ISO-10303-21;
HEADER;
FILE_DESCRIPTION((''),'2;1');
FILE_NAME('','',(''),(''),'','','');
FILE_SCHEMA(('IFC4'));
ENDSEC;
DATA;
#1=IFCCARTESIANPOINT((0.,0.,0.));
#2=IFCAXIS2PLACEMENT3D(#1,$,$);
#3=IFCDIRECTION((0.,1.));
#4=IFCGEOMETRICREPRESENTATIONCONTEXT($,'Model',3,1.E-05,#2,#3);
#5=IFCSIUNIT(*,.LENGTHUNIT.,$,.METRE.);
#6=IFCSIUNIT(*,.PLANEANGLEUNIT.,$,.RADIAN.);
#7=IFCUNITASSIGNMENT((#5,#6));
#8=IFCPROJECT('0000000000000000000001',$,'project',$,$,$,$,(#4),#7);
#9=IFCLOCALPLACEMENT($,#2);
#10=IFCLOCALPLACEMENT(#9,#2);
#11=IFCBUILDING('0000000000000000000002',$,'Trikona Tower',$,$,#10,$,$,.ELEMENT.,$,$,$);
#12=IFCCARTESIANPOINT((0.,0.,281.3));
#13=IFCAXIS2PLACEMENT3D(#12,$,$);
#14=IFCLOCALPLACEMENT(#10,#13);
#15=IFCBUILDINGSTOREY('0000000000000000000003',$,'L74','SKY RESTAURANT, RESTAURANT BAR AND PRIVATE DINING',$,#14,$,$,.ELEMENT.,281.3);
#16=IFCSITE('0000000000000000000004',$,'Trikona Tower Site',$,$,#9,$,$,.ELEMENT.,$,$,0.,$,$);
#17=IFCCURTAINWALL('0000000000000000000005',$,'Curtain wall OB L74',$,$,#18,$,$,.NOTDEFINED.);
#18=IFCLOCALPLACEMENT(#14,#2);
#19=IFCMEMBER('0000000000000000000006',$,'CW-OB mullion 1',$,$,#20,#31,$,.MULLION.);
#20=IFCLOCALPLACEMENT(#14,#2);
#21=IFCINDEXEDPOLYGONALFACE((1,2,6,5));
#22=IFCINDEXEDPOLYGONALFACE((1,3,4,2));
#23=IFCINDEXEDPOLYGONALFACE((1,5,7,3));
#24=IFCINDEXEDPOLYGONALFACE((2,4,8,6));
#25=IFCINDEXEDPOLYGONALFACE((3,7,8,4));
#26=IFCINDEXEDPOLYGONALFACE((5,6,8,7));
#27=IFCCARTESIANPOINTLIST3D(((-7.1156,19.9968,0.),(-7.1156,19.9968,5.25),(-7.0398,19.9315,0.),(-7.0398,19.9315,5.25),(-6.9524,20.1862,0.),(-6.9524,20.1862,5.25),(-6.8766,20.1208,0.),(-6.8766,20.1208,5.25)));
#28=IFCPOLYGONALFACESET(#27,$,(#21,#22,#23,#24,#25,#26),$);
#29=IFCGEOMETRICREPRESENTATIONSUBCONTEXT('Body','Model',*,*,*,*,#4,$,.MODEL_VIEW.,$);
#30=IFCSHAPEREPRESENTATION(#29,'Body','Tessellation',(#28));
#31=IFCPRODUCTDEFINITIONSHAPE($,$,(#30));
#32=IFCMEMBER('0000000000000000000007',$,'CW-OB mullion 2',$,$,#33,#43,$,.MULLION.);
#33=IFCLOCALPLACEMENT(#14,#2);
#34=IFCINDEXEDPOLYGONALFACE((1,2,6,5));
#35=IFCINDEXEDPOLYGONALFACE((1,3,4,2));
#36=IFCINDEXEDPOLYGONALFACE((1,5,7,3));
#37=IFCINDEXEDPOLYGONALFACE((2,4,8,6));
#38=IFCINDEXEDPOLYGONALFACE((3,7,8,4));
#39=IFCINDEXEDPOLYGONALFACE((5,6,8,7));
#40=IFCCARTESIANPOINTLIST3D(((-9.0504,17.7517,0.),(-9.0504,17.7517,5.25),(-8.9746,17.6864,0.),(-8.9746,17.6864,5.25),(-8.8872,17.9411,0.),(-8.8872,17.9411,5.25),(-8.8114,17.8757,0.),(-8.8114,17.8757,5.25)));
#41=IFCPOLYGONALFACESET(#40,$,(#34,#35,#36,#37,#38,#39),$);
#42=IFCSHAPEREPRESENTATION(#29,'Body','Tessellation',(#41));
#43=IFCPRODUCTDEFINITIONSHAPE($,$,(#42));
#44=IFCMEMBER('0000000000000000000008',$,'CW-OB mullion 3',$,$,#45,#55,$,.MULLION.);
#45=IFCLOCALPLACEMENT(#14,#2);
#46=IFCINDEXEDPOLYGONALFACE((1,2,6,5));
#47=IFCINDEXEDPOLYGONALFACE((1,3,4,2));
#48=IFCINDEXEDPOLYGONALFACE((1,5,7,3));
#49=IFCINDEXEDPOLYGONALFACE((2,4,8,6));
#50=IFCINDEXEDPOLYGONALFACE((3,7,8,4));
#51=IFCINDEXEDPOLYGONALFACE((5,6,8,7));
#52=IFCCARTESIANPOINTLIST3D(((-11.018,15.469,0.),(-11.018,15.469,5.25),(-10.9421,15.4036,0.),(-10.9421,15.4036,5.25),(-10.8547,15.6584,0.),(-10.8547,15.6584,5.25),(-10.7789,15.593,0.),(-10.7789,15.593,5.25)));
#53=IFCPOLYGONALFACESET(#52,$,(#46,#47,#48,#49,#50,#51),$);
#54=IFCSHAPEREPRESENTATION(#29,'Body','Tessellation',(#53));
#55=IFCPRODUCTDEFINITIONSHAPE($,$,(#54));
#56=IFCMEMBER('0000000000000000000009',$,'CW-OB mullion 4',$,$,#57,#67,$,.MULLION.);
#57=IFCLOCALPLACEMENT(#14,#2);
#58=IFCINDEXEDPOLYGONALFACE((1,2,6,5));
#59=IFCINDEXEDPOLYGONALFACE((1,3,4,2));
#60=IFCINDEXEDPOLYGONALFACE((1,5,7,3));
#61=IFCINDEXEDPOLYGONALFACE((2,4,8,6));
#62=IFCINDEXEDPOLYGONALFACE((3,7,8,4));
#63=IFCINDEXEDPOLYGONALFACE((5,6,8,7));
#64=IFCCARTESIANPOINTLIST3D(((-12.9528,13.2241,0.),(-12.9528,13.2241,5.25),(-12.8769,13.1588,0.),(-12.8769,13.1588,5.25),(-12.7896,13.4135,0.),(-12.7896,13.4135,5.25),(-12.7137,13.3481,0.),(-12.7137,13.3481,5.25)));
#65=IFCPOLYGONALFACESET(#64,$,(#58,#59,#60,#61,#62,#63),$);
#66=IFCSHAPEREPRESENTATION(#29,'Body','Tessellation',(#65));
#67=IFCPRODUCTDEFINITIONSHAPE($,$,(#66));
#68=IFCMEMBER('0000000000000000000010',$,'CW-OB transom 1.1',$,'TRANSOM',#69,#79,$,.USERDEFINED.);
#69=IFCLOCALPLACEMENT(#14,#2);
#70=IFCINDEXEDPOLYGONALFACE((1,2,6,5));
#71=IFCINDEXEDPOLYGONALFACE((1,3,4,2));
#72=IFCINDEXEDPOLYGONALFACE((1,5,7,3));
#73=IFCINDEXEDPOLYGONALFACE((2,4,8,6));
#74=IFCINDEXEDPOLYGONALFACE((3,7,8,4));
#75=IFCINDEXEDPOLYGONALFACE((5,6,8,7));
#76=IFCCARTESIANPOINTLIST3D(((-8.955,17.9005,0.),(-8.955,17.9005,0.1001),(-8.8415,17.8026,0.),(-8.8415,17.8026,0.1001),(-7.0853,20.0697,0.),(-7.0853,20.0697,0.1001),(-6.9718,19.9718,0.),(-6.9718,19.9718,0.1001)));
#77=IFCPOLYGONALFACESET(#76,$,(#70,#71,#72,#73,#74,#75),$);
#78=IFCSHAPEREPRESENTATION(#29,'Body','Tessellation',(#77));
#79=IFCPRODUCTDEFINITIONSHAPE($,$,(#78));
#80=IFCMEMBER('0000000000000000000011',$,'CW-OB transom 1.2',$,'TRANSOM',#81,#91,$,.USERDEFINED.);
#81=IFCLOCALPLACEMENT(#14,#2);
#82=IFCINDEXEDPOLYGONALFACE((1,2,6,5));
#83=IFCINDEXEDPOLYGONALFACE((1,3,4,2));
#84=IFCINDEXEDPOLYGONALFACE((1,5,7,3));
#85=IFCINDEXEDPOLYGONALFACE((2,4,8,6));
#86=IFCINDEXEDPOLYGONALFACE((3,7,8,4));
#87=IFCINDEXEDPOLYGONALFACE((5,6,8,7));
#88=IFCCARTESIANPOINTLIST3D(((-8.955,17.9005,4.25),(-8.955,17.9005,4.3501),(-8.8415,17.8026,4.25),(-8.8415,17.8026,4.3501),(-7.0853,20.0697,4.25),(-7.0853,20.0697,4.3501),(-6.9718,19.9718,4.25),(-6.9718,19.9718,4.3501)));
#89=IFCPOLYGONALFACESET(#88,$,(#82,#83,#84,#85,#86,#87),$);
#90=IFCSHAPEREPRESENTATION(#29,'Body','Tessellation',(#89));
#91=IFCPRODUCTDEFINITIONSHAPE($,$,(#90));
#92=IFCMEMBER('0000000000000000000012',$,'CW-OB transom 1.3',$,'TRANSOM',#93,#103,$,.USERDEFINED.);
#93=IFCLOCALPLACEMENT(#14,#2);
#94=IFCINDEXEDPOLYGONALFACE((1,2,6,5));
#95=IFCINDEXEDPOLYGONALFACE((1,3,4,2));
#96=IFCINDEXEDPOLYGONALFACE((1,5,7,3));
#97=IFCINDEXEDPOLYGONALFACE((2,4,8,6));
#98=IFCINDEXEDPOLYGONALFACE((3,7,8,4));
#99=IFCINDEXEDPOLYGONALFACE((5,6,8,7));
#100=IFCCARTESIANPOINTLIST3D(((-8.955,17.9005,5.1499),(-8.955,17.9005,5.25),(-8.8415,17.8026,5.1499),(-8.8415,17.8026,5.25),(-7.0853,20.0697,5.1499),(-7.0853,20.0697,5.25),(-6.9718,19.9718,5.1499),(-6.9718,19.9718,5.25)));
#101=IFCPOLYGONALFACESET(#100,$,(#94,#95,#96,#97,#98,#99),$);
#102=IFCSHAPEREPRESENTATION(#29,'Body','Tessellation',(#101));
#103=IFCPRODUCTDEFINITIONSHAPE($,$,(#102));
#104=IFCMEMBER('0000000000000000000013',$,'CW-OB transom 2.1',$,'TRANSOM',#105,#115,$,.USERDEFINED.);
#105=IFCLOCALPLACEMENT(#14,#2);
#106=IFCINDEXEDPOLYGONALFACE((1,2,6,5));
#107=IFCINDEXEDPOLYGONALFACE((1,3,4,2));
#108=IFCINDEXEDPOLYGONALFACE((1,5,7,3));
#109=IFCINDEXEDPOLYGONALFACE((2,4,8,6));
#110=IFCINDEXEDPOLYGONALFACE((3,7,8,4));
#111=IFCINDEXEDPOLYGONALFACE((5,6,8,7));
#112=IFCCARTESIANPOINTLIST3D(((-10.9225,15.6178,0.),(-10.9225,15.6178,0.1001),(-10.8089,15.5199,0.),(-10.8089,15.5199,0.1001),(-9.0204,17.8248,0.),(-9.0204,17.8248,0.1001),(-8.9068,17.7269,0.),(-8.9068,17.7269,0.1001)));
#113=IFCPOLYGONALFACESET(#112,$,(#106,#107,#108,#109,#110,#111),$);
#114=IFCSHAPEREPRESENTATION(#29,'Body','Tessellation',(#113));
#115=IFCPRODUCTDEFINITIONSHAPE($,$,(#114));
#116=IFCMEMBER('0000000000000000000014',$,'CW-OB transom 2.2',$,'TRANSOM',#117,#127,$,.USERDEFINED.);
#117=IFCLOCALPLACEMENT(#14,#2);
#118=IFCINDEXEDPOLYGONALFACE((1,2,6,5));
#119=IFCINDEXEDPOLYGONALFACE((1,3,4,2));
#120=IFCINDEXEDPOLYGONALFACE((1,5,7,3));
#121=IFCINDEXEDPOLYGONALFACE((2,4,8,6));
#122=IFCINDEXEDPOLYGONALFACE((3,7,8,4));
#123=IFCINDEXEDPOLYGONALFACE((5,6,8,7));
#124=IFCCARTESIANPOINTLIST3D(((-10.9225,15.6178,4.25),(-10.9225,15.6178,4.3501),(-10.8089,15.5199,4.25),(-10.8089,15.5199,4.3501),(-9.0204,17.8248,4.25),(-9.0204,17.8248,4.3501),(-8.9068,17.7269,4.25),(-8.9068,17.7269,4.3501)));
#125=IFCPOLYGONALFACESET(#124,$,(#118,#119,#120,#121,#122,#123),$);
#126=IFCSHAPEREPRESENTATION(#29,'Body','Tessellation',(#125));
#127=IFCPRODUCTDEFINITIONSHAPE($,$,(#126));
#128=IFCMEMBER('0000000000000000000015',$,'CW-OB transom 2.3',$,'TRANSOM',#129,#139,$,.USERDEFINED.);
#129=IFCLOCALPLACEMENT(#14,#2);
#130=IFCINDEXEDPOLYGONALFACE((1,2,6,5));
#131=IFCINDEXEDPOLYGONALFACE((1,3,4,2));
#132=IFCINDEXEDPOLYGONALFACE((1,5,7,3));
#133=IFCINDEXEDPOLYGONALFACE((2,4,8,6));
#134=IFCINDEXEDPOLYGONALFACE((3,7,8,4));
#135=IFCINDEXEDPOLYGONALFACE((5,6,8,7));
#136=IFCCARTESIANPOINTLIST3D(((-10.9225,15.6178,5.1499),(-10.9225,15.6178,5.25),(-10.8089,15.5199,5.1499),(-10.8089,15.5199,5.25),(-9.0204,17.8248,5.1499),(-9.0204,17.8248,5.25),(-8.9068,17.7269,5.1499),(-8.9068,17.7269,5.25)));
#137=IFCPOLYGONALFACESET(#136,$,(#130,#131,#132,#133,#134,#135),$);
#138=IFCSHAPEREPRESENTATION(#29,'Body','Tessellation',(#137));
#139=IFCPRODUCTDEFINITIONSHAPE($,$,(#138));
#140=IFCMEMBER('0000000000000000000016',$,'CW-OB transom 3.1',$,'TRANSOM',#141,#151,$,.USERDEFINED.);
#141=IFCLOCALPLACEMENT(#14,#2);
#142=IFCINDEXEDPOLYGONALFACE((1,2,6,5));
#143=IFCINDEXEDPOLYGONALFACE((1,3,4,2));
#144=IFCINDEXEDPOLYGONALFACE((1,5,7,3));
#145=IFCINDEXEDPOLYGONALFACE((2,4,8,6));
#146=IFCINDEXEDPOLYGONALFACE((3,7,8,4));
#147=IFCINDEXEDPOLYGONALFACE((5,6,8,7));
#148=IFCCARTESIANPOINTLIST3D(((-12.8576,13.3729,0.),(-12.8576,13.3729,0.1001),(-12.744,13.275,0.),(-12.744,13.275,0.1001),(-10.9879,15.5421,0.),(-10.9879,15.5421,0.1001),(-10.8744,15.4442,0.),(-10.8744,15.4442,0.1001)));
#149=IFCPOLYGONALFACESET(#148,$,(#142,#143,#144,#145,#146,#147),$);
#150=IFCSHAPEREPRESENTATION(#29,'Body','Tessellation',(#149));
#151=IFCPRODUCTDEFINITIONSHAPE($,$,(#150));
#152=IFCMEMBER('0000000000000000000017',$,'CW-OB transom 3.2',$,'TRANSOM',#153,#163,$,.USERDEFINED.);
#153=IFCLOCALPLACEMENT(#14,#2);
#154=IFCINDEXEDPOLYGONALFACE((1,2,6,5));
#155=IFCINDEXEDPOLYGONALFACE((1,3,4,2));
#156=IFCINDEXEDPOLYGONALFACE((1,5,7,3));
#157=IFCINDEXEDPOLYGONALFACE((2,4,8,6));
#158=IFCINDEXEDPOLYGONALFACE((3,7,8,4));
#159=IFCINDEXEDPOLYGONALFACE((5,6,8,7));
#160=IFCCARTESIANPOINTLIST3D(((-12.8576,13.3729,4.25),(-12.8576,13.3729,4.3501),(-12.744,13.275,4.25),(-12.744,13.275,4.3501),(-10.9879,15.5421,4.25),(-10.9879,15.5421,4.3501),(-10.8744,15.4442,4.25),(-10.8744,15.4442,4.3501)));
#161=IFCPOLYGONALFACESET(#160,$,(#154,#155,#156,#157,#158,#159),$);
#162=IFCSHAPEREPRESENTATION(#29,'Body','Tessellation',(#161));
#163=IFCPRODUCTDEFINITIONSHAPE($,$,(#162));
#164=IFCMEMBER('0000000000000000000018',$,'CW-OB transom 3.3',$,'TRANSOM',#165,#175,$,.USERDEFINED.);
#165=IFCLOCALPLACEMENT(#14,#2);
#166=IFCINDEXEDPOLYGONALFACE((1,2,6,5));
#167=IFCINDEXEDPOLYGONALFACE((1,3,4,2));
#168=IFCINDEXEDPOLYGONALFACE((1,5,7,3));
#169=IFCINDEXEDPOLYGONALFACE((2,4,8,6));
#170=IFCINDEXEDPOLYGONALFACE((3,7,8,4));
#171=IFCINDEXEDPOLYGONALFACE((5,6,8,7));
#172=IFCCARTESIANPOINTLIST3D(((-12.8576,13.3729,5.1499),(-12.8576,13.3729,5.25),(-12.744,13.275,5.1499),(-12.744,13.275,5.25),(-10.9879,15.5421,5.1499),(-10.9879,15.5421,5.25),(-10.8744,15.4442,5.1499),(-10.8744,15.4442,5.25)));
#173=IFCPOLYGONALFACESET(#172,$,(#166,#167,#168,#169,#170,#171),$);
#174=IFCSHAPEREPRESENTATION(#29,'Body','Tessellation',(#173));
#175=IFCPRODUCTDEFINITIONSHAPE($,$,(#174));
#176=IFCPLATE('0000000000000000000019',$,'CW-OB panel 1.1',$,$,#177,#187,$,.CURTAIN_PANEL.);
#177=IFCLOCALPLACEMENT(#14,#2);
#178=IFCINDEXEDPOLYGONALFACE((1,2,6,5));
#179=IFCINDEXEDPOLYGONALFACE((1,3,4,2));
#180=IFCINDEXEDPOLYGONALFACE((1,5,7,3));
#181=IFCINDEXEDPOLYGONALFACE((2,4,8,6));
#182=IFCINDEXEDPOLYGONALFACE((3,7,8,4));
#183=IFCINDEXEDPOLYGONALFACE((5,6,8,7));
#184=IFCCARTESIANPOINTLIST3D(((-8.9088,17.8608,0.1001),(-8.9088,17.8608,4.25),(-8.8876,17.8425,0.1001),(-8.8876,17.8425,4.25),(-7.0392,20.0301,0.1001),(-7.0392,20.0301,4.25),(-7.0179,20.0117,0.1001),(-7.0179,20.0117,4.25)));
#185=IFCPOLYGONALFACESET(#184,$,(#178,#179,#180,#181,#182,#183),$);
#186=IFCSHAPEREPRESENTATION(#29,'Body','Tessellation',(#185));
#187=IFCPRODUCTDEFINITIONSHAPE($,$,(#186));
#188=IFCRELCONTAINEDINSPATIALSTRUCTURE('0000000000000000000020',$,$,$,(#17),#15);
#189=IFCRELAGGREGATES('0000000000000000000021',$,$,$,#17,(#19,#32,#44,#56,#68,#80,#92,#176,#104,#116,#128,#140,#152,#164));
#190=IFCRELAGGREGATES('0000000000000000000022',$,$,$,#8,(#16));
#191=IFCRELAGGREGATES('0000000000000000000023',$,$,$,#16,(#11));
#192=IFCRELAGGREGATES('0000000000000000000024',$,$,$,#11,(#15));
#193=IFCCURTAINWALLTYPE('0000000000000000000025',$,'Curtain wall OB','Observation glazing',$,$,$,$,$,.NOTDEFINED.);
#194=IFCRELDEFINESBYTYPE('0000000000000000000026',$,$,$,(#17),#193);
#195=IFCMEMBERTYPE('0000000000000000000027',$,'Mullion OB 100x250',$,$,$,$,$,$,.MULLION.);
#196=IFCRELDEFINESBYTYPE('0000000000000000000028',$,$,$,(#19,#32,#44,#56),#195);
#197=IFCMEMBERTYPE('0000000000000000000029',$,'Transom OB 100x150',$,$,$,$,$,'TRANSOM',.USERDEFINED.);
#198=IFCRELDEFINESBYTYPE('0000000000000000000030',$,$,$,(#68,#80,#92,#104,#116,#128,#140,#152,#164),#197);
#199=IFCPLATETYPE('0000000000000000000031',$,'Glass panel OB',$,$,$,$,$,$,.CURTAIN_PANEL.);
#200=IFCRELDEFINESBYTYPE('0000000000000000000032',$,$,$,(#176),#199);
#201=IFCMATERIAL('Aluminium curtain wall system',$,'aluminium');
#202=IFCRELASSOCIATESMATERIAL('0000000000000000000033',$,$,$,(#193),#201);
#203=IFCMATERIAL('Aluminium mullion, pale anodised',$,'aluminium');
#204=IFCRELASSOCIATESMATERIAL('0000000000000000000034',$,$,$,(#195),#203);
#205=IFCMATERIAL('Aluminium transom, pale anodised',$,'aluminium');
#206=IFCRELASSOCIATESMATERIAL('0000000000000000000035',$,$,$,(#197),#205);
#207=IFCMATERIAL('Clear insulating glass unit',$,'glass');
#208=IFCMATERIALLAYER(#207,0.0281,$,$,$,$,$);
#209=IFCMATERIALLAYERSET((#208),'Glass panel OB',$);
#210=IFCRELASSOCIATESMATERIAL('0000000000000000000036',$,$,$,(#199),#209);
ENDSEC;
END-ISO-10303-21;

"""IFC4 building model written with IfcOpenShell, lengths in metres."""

from ifc_helpers import new_model, si_unit, direction, frame, origin, origin_2d, place, context, subcontext, project, spatial, rectangle, extrude, material, layer, layer_set, material_profile, profile_set, type_object, element, aggregate, save


model = new_model("IFC4")

# Units and contexts
model_context = context("Model", 3, precision=1e-05, world=origin(), true_north=direction((0.0, 1.0)))
body_context = subcontext(model_context, "Body", "Model", "MODEL_VIEW")
ifc_project = project(units=[si_unit("LENGTHUNIT", "METRE"), si_unit("PLANEANGLEUNIT", "RADIAN")], contexts=[model_context])

# Site, building, storey
site_placement = place(None, origin())
site = spatial("IfcSite", under=ifc_project, at=site_placement, Name="Trikona Tower Site", CompositionType="ELEMENT", RefElevation=0.0)
building_placement = place(site_placement, origin())
building = spatial("IfcBuilding", under=site, at=building_placement, Name="Trikona Tower", CompositionType="ELEMENT")
storey_placement = place(building_placement, frame((0.0, 0.0, 281.3)))
storey = spatial("IfcBuildingStorey", under=building, at=storey_placement, Name="L74", Description="SKY RESTAURANT, RESTAURANT BAR AND PRIVATE DINING", CompositionType="ELEMENT", Elevation=281.3)

# Curtain wall, members, plate
ifc_material_1 = material(Name="Aluminium curtain wall system", Category="aluminium")
curtain_wall_type = type_object("IfcCurtainWallType", Name="Curtain wall OB", Description="Observation glazing", PredefinedType="NOTDEFINED", material=ifc_material_1)
curtain_wall_placement = place(storey_placement, origin())
curtain_wall = element("IfcCurtainWall", 1, at=curtain_wall_placement, inside=storey, type_object=curtain_wall_type, Name="Curtain wall OB L74", PredefinedType="NOTDEFINED")
ifc_material_2 = material(Name="Aluminium mullion, pale anodised", Category="aluminium")
ifc_material_profile_1 = material_profile(ifc_material_2, rectangle(XDim=0.1001, YDim=0.25, at=origin_2d()), Name="MUL-OB")
ifc_profile_set_1 = profile_set([ifc_material_profile_1], Name="Aluminium mullion, pale anodised")
member_type_1 = type_object("IfcMemberType", Name="Mullion OB 100x250", PredefinedType="MULLION", material=ifc_profile_set_1)
member_1_placement = place(storey_placement, frame((-6.9961, 20.0588, 0.0), z_axis=(0.0, 0.0, 1.0), x_axis=(0.757475, -0.652864, 0.0)))
member_1 = element("IfcMember", 2, at=member_1_placement, type_object=member_type_1, Name="CW-OB mullion 1", PredefinedType="MULLION", context=body_context, shape_type="SweptSolid", body=[
    extrude(rectangle(XDim=0.1001, YDim=0.25, at=origin_2d()), origin(), (0.0, 0.0, 1.0), 5.25),
])
member_2_placement = place(storey_placement, frame((-8.9309, 17.8137, 0.0), z_axis=(0.0, 0.0, 1.0), x_axis=(0.757475, -0.652864, 0.0)))
member_2 = element("IfcMember", 3, at=member_2_placement, type_object=member_type_1, Name="CW-OB mullion 2", PredefinedType="MULLION", context=body_context, shape_type="SweptSolid", body=[
    extrude(rectangle(XDim=0.1001, YDim=0.25, at=origin_2d()), origin(), (0.0, 0.0, 1.0), 5.25),
])
member_3_placement = place(storey_placement, frame((-10.8984, 15.531, 0.0), z_axis=(0.0, 0.0, 1.0), x_axis=(0.757475, -0.652864, 0.0)))
member_3 = element("IfcMember", 4, at=member_3_placement, type_object=member_type_1, Name="CW-OB mullion 3", PredefinedType="MULLION", context=body_context, shape_type="SweptSolid", body=[
    extrude(rectangle(XDim=0.1001, YDim=0.25, at=origin_2d()), origin(), (0.0, 0.0, 1.0), 5.25),
])
member_4_placement = place(storey_placement, frame((-12.8333, 13.2861, 0.0), z_axis=(0.0, 0.0, 1.0), x_axis=(0.757475, -0.652864, 0.0)))
member_4 = element("IfcMember", 5, at=member_4_placement, type_object=member_type_1, Name="CW-OB mullion 4", PredefinedType="MULLION", context=body_context, shape_type="SweptSolid", body=[
    extrude(rectangle(XDim=0.1001, YDim=0.25, at=origin_2d()), origin(), (0.0, 0.0, 1.0), 5.25),
])
ifc_material_3 = material(Name="Aluminium transom, pale anodised", Category="aluminium")
ifc_material_profile_2 = material_profile(ifc_material_3, rectangle(XDim=0.1499, YDim=0.1001, at=origin_2d()), Name="TRN-OB")
ifc_profile_set_2 = profile_set([ifc_material_profile_2], Name="Aluminium transom, pale anodised")
member_type_2 = type_object("IfcMemberType", Name="Transom OB 100x150", ElementType="TRANSOM", PredefinedType="USERDEFINED", material=ifc_profile_set_2)
member_5_placement = place(storey_placement, frame((-7.0286, 20.0208, 0.05), z_axis=(-0.652867, -0.757472, 0.0), x_axis=(0.757472, -0.652867, 0.0)))
member_5 = element("IfcMember", 6, at=member_5_placement, type_object=member_type_2, Name="CW-OB transom 1.1", ObjectType="TRANSOM", PredefinedType="USERDEFINED", context=body_context, shape_type="SweptSolid", body=[
    extrude(rectangle(XDim=0.1499, YDim=0.1001, at=origin_2d()), origin(), (0.0, 0.0, 1.0), 2.8638),
])
member_6_placement = place(storey_placement, frame((-7.0286, 20.0208, 4.3), z_axis=(-0.652867, -0.757472, 0.0), x_axis=(0.757472, -0.652867, 0.0)))
member_6 = element("IfcMember", 7, at=member_6_placement, type_object=member_type_2, Name="CW-OB transom 1.2", ObjectType="TRANSOM", PredefinedType="USERDEFINED", context=body_context, shape_type="SweptSolid", body=[
    extrude(rectangle(XDim=0.1499, YDim=0.1001, at=origin_2d()), origin(), (0.0, 0.0, 1.0), 2.8638),
])
member_7_placement = place(storey_placement, frame((-7.0286, 20.0208, 5.2), z_axis=(-0.652867, -0.757472, 0.0), x_axis=(0.757472, -0.652867, 0.0)))
member_7 = element("IfcMember", 8, at=member_7_placement, type_object=member_type_2, Name="CW-OB transom 1.3", ObjectType="TRANSOM", PredefinedType="USERDEFINED", context=body_context, shape_type="SweptSolid", body=[
    extrude(rectangle(XDim=0.1499, YDim=0.1001, at=origin_2d()), origin(), (0.0, 0.0, 1.0), 2.8638),
])
member_8_placement = place(storey_placement, frame((-8.9636, 17.7759, 0.05), z_axis=(-0.652839, -0.757497, 0.0), x_axis=(0.757497, -0.652839, 0.0)))
member_8 = element("IfcMember", 9, at=member_8_placement, type_object=member_type_2, Name="CW-OB transom 2.1", ObjectType="TRANSOM", PredefinedType="USERDEFINED", context=body_context, shape_type="SweptSolid", body=[
    extrude(rectangle(XDim=0.1499, YDim=0.1001, at=origin_2d()), origin(), (0.0, 0.0, 1.0), 2.9136),
])
member_9_placement = place(storey_placement, frame((-8.9636, 17.7759, 4.3), z_axis=(-0.652839, -0.757497, 0.0), x_axis=(0.757497, -0.652839, 0.0)))
member_9 = element("IfcMember", 10, at=member_9_placement, type_object=member_type_2, Name="CW-OB transom 2.2", ObjectType="TRANSOM", PredefinedType="USERDEFINED", context=body_context, shape_type="SweptSolid", body=[
    extrude(rectangle(XDim=0.1499, YDim=0.1001, at=origin_2d()), origin(), (0.0, 0.0, 1.0), 2.9136),
])
member_10_placement = place(storey_placement, frame((-8.9636, 17.7759, 5.2), z_axis=(-0.652839, -0.757497, 0.0), x_axis=(0.757497, -0.652839, 0.0)))
member_10 = element("IfcMember", 11, at=member_10_placement, type_object=member_type_2, Name="CW-OB transom 2.3", ObjectType="TRANSOM", PredefinedType="USERDEFINED", context=body_context, shape_type="SweptSolid", body=[
    extrude(rectangle(XDim=0.1499, YDim=0.1001, at=origin_2d()), origin(), (0.0, 0.0, 1.0), 2.9136),
])
member_11_placement = place(storey_placement, frame((-10.9312, 15.4932, 0.05), z_axis=(-0.652867, -0.757472, 0.0), x_axis=(0.757472, -0.652867, 0.0)))
member_11 = element("IfcMember", 12, at=member_11_placement, type_object=member_type_2, Name="CW-OB transom 3.1", ObjectType="TRANSOM", PredefinedType="USERDEFINED", context=body_context, shape_type="SweptSolid", body=[
    extrude(rectangle(XDim=0.1499, YDim=0.1001, at=origin_2d()), origin(), (0.0, 0.0, 1.0), 2.8638),
])
member_12_placement = place(storey_placement, frame((-10.9312, 15.4932, 4.3), z_axis=(-0.652867, -0.757472, 0.0), x_axis=(0.757472, -0.652867, 0.0)))
member_12 = element("IfcMember", 13, at=member_12_placement, type_object=member_type_2, Name="CW-OB transom 3.2", ObjectType="TRANSOM", PredefinedType="USERDEFINED", context=body_context, shape_type="SweptSolid", body=[
    extrude(rectangle(XDim=0.1499, YDim=0.1001, at=origin_2d()), origin(), (0.0, 0.0, 1.0), 2.8638),
])
member_13_placement = place(storey_placement, frame((-10.9312, 15.4932, 5.2), z_axis=(-0.652867, -0.757472, 0.0), x_axis=(0.757472, -0.652867, 0.0)))
member_13 = element("IfcMember", 14, at=member_13_placement, type_object=member_type_2, Name="CW-OB transom 3.3", ObjectType="TRANSOM", PredefinedType="USERDEFINED", context=body_context, shape_type="SweptSolid", body=[
    extrude(rectangle(XDim=0.1499, YDim=0.1001, at=origin_2d()), origin(), (0.0, 0.0, 1.0), 2.8638),
])
ifc_material_4 = material(Name="Clear insulating glass unit", Category="glass")
ifc_layer = layer(ifc_material_4, 0.0281)
ifc_layer_set = layer_set([ifc_layer], Name="Glass panel OB")
plate_type = type_object("IfcPlateType", Name="Glass panel OB", PredefinedType="CURTAIN_PANEL", material=ifc_layer_set)
plate_1_placement = place(storey_placement, frame((-7.9634, 18.9363, 0.1001), z_axis=(0.0, 0.0, 1.0), x_axis=(-0.652864, -0.757475, 0.0)))
plate_1 = element("IfcPlate", 15, at=plate_1_placement, type_object=plate_type, Name="CW-OB panel 1.1", PredefinedType="CURTAIN_PANEL", context=body_context, shape_type="SweptSolid", body=[
    extrude(rectangle(XDim=2.8638, YDim=0.0281, at=origin_2d()), origin(), (0.0, 0.0, 1.0), 4.1499),
])
aggregate(curtain_wall, [member_1, member_2, member_3, member_4, member_5, member_6, member_7, plate_1, member_8, member_9, member_10, member_11, member_12, member_13])

save(model, "model.ifc")
